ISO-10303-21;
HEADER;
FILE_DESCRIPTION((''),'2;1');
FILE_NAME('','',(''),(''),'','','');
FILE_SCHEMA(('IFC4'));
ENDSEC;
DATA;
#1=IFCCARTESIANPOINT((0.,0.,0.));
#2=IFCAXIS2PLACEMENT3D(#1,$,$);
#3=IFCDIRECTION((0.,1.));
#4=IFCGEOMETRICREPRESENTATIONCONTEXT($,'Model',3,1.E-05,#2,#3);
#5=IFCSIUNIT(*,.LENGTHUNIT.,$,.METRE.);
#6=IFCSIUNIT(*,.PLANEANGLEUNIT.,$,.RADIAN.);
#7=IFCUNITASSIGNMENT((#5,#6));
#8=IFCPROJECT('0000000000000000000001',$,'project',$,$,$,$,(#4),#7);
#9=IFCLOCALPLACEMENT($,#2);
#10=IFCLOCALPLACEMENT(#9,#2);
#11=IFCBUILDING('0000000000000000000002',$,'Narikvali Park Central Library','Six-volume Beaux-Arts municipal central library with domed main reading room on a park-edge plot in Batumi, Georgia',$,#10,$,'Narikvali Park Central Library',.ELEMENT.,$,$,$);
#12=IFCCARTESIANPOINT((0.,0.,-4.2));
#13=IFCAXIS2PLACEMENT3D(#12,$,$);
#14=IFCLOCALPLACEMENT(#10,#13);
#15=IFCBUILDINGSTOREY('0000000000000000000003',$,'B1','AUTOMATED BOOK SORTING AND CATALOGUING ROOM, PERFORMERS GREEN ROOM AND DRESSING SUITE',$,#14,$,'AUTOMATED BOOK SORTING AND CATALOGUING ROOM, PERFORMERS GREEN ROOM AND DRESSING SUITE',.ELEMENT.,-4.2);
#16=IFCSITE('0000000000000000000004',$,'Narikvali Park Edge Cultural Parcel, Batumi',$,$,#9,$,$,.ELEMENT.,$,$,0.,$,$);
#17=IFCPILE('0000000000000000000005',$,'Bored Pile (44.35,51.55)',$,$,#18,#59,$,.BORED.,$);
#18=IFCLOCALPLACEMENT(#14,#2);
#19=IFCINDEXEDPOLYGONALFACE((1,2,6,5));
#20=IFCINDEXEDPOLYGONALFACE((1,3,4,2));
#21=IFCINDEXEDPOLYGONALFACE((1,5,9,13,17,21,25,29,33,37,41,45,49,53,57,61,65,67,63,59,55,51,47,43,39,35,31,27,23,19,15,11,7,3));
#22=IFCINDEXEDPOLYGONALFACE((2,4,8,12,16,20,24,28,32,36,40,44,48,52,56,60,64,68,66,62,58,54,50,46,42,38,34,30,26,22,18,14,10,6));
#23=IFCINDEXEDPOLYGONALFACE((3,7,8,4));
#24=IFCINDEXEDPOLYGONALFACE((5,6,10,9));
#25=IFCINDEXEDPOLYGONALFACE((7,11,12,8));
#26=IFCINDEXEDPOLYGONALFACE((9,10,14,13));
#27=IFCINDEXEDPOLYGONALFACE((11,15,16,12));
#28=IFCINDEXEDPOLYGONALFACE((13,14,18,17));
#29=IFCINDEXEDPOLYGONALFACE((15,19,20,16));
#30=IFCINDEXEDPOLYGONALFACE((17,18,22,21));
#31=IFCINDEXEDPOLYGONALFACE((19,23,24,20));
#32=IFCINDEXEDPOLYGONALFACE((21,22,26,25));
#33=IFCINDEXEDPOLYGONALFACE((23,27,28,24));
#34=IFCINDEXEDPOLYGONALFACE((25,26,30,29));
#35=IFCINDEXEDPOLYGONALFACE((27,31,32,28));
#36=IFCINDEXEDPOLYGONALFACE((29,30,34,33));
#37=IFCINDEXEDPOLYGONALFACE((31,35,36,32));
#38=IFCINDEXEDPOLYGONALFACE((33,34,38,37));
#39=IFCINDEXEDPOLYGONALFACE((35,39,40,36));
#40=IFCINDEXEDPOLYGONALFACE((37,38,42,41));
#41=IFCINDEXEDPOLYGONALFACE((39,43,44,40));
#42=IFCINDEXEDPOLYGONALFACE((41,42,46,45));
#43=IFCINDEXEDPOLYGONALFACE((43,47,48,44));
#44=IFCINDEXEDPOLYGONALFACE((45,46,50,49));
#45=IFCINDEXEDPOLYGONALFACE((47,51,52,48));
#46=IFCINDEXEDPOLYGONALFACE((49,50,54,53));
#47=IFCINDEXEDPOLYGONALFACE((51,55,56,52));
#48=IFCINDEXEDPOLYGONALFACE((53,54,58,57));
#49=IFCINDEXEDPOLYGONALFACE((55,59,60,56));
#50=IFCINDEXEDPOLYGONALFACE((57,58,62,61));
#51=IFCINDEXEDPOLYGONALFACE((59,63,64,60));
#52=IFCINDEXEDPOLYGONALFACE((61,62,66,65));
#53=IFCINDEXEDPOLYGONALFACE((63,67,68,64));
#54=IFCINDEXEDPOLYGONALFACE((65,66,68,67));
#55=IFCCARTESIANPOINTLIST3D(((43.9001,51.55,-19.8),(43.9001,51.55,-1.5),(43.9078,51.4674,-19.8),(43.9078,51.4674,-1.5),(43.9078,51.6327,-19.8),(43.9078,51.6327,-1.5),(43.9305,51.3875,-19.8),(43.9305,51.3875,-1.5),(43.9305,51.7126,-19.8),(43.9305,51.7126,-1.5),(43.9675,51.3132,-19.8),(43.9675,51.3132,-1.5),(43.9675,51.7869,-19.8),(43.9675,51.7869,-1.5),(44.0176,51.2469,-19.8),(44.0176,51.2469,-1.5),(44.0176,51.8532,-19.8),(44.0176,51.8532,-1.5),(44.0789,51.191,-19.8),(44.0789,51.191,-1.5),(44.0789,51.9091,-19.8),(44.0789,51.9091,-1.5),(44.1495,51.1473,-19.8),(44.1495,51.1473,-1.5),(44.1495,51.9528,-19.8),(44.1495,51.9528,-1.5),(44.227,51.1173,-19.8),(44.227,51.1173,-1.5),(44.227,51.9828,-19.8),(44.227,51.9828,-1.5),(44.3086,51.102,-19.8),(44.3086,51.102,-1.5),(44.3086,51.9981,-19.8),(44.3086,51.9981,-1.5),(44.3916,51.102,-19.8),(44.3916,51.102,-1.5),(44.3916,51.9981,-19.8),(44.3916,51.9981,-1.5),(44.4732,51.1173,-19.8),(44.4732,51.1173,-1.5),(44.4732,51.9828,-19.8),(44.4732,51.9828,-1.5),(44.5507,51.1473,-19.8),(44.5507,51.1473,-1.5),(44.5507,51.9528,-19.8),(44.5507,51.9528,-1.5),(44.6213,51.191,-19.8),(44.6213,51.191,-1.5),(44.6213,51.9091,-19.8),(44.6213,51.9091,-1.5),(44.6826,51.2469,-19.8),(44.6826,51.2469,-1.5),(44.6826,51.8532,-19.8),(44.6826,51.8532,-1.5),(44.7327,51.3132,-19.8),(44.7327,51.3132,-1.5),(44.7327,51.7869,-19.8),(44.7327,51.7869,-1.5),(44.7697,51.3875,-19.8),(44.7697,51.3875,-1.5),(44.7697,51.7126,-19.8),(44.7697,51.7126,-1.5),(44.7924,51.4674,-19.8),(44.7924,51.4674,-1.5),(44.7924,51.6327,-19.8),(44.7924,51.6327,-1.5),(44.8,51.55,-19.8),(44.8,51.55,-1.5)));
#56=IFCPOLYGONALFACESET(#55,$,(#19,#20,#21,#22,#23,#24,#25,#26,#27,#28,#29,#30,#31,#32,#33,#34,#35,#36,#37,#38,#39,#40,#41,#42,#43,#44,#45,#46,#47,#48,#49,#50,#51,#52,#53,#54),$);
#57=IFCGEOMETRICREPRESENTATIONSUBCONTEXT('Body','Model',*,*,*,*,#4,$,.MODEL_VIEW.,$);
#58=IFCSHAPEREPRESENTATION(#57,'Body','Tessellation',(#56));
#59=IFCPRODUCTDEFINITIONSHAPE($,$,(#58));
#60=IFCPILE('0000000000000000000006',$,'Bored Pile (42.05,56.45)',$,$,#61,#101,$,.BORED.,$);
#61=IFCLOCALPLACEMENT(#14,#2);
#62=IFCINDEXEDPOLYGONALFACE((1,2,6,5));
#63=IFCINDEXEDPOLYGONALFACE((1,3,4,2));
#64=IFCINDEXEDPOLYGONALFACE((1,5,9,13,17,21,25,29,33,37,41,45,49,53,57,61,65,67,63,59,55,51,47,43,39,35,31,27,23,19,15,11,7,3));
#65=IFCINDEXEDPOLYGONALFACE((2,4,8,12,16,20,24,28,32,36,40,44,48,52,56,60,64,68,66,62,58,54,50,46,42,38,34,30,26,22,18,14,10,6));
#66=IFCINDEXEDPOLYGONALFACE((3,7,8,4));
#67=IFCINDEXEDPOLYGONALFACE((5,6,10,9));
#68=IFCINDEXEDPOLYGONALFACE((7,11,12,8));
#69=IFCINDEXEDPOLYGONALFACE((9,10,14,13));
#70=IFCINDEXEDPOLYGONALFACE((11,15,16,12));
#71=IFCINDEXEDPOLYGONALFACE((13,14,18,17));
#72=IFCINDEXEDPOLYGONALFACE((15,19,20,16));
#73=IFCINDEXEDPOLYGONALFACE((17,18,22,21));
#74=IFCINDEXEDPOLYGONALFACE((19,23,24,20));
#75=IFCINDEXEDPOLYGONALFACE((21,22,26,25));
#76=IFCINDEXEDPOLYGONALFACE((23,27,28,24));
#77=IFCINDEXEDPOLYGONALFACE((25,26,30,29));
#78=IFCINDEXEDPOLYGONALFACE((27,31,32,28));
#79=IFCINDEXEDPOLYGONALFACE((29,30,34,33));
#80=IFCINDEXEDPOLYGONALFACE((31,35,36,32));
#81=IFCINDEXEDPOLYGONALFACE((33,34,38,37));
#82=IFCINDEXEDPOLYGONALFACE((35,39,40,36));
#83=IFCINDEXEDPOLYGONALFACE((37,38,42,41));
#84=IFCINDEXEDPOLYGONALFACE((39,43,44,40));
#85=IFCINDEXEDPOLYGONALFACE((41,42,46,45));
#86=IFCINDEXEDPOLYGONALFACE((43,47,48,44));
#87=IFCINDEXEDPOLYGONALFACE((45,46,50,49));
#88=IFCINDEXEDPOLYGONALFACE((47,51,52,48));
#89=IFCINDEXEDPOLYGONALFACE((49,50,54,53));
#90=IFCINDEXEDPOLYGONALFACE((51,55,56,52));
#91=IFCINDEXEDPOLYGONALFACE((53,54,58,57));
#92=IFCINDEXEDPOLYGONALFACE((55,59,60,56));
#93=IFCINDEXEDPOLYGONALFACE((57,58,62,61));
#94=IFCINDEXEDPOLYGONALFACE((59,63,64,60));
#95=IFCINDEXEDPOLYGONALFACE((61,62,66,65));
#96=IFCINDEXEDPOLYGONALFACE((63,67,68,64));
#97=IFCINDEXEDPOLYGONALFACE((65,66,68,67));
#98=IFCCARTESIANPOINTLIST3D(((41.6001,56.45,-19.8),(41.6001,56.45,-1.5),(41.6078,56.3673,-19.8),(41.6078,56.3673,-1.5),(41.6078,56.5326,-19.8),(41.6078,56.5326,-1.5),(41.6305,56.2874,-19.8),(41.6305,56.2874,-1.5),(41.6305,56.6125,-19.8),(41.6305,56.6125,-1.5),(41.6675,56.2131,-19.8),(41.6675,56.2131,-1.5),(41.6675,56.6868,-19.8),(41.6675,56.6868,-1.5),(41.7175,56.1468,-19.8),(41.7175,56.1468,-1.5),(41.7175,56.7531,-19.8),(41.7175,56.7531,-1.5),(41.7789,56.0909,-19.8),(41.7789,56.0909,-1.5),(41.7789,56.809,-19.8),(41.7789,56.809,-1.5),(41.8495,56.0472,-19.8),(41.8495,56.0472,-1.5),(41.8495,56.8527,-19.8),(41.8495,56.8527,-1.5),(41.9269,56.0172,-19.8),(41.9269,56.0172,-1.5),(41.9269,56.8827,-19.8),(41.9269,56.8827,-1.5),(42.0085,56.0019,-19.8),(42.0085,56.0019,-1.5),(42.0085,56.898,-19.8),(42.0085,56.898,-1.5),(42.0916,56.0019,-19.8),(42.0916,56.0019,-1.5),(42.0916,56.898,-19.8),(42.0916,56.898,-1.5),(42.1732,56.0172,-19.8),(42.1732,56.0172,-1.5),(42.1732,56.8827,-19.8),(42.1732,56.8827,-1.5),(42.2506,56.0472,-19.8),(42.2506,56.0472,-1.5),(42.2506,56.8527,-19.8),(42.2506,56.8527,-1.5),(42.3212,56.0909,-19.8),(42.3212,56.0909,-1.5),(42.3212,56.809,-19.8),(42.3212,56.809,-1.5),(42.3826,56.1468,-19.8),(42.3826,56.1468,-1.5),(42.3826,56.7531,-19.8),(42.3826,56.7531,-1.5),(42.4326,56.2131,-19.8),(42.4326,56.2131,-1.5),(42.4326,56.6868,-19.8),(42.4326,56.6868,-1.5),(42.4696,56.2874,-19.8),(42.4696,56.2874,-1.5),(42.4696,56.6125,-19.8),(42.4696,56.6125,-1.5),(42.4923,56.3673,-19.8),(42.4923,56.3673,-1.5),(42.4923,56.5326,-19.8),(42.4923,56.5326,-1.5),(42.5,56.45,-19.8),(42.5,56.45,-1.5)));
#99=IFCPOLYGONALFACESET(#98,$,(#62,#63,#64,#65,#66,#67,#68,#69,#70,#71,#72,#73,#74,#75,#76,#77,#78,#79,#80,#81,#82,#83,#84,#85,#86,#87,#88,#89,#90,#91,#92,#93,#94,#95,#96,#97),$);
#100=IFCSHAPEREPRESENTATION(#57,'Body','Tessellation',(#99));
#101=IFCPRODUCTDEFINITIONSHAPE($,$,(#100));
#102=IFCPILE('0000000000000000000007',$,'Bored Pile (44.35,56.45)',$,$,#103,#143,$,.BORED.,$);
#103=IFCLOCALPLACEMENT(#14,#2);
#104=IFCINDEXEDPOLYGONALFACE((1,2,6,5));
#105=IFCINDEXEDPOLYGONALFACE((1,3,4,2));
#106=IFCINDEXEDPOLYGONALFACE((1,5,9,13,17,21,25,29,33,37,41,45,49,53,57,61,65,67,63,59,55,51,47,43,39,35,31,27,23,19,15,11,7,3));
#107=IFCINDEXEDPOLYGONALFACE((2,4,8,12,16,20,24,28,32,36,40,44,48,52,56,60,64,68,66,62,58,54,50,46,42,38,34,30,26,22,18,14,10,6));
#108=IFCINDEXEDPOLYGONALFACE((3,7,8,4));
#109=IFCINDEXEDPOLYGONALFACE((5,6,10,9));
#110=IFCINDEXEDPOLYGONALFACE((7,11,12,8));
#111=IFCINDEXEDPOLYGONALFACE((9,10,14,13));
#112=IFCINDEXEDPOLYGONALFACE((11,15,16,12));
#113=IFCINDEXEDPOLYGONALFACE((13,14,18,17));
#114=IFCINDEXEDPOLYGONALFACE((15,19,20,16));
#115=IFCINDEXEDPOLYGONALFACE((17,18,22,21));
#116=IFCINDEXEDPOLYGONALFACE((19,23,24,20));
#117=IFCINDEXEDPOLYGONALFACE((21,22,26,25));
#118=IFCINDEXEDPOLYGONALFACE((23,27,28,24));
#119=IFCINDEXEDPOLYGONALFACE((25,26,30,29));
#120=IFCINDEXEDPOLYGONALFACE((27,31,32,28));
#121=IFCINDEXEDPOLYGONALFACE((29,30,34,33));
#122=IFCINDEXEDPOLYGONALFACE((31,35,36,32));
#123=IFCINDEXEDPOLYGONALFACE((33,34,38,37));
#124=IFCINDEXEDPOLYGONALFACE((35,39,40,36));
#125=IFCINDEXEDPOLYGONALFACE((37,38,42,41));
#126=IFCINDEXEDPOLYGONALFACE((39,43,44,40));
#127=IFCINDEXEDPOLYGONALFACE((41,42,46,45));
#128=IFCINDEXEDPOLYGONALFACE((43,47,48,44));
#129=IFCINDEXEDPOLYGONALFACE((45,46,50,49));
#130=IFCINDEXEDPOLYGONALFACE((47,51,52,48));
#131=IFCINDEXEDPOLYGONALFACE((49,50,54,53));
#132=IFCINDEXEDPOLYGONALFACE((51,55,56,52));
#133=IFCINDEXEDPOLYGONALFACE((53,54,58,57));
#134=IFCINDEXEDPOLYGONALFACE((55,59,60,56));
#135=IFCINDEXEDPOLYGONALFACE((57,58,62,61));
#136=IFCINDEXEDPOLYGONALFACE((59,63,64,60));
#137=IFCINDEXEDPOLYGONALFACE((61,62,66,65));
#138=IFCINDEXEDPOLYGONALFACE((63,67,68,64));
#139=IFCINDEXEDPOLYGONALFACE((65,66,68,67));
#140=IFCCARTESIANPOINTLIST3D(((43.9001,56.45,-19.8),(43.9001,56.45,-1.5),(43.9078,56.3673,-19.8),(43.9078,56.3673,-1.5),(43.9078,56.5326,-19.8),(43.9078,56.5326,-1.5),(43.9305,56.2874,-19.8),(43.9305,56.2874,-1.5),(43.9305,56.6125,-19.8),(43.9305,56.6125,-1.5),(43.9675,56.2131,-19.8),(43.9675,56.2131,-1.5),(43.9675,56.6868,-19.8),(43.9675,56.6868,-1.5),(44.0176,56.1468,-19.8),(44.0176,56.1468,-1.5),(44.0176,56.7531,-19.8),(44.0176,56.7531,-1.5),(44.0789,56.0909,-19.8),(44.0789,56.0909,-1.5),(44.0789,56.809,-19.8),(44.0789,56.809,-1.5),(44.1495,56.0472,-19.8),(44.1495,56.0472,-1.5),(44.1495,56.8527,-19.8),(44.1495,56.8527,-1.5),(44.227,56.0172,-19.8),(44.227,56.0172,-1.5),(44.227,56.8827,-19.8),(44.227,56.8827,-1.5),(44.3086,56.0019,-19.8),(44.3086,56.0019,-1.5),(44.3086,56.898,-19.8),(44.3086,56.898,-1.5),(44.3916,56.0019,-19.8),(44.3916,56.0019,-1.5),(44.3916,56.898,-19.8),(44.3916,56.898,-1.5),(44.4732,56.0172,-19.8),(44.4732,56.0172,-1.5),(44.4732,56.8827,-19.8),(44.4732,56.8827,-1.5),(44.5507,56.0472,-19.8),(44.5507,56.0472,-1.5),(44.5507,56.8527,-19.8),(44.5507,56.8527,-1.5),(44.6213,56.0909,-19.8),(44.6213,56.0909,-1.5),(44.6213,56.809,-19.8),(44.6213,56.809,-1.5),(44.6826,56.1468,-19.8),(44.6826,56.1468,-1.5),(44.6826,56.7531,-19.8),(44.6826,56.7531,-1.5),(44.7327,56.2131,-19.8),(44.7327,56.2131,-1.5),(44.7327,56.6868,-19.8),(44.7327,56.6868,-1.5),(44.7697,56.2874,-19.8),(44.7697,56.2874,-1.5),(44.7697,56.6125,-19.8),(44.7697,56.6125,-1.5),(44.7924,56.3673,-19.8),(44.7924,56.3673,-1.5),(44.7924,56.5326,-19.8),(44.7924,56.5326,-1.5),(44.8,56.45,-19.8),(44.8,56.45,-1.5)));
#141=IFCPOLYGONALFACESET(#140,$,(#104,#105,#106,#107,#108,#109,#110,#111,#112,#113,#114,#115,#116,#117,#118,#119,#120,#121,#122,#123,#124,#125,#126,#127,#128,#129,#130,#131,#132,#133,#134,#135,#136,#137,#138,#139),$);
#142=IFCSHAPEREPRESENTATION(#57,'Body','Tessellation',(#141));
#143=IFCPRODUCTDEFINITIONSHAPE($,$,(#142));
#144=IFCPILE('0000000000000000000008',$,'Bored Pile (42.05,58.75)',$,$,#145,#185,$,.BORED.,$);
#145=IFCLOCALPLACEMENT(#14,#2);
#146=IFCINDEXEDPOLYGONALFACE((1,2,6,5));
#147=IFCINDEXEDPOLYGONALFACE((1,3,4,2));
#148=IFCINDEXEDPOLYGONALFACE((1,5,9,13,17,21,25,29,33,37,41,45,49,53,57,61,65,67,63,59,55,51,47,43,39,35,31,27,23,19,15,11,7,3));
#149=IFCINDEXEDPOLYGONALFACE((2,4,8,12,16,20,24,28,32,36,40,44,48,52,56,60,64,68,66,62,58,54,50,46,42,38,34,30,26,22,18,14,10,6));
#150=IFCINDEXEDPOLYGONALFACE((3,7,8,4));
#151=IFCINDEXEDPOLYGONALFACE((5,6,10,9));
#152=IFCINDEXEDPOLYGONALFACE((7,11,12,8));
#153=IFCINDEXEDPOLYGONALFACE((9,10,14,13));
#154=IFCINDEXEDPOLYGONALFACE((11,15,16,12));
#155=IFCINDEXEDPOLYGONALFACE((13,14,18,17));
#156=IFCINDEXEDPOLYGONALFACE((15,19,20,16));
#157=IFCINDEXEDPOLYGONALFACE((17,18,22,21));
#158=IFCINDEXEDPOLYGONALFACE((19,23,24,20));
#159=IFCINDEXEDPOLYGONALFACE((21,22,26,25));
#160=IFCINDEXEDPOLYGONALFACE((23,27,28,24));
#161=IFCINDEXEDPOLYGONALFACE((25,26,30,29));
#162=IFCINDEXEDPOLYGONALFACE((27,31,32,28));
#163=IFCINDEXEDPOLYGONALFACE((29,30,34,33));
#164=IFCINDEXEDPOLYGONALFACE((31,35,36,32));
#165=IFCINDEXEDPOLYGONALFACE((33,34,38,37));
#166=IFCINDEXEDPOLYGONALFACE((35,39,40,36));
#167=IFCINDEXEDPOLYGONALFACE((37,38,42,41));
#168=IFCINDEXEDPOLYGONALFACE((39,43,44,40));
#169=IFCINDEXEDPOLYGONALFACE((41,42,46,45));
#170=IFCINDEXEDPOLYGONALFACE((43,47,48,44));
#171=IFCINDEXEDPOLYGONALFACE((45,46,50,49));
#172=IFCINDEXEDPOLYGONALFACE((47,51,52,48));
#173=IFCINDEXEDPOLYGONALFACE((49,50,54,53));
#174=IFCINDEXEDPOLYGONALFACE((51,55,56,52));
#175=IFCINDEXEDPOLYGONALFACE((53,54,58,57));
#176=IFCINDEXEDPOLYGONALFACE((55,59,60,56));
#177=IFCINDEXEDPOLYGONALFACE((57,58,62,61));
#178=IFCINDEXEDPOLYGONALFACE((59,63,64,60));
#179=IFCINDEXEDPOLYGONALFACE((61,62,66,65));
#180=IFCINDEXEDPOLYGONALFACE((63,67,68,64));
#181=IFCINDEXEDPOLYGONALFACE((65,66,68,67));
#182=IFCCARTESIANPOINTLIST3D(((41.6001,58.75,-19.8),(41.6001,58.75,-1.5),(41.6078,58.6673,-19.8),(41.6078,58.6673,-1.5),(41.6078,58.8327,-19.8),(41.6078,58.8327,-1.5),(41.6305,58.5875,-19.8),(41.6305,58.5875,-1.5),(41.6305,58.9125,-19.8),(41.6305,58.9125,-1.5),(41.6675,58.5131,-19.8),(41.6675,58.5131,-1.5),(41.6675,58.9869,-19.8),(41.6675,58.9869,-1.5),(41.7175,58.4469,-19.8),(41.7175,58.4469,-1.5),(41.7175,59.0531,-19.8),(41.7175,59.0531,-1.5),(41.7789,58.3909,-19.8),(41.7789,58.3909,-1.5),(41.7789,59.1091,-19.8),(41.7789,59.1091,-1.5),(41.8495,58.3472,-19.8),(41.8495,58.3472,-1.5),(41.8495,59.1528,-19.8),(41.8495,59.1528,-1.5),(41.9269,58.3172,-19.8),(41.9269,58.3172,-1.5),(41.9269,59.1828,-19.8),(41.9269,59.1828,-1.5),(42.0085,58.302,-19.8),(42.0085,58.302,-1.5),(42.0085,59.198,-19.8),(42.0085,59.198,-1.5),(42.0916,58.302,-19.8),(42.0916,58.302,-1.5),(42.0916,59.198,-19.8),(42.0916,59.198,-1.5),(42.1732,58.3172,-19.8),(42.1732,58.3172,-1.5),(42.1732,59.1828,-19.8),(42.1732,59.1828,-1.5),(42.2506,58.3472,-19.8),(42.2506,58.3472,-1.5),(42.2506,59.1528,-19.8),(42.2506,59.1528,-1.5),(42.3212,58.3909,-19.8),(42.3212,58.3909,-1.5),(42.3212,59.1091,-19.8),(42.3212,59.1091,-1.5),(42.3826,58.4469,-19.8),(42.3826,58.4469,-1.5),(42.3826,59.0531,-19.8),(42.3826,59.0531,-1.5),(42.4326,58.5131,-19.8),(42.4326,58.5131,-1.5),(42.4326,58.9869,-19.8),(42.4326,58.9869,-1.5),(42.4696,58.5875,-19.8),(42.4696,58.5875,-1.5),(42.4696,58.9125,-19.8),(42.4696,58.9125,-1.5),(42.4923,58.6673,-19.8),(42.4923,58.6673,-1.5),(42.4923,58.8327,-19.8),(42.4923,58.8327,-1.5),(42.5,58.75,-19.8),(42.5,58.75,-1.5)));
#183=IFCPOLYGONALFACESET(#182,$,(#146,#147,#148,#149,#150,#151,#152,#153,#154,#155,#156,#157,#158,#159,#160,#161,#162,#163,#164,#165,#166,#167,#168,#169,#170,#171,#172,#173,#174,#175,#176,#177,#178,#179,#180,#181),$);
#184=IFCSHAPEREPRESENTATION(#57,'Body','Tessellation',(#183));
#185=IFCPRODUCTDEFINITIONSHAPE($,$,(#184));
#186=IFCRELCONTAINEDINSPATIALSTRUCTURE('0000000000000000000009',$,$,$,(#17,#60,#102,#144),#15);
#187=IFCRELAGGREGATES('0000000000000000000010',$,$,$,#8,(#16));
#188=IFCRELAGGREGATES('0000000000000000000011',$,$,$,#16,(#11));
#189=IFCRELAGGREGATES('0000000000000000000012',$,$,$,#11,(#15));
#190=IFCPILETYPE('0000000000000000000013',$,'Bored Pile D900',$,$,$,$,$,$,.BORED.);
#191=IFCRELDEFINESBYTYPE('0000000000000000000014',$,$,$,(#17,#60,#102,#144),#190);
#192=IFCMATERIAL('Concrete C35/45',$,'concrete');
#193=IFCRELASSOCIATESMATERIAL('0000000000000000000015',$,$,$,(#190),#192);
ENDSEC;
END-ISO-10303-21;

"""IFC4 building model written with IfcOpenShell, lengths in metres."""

from ifc_helpers import new_model, si_unit, direction, frame, origin, origin_2d, place, context, subcontext, project, spatial, circle, extrude, material, material_profile, profile_set, type_object, element, save


model = new_model("IFC4")

# Units and contexts
model_context = context("Model", 3, precision=1e-05, world=origin(), true_north=direction((0.0, 1.0)))
body_context = subcontext(model_context, "Body", "Model", "MODEL_VIEW")
ifc_project = project(units=[si_unit("LENGTHUNIT", "METRE"), si_unit("PLANEANGLEUNIT", "RADIAN")], contexts=[model_context])

# Site, building, storey
site_placement = place(None, origin())
site = spatial("IfcSite", under=ifc_project, at=site_placement, Name="Narikvali Park Edge Cultural Parcel, Batumi", CompositionType="ELEMENT", RefElevation=0.0)
building_placement = place(site_placement, origin())
building = spatial("IfcBuilding", under=site, at=building_placement, Name="Narikvali Park Central Library", Description="Six-volume Beaux-Arts municipal central library with domed main reading room on a park-edge plot in Batumi, Georgia", LongName="Narikvali Park Central Library", CompositionType="ELEMENT")
storey_placement = place(building_placement, frame((0.0, 0.0, -4.2)))
storey = spatial("IfcBuildingStorey", under=building, at=storey_placement, Name="B1", Description="AUTOMATED BOOK SORTING AND CATALOGUING ROOM, PERFORMERS GREEN ROOM AND DRESSING SUITE", LongName="AUTOMATED BOOK SORTING AND CATALOGUING ROOM, PERFORMERS GREEN ROOM AND DRESSING SUITE", CompositionType="ELEMENT", Elevation=-4.2)

# Piles
ifc_material_1 = material(Name="Concrete C35/45", Category="concrete")
ifc_material_profile_1 = material_profile(ifc_material_1, circle(Radius=0.45, at=origin_2d()), Name="PILE D900")
ifc_profile_set_1 = profile_set([ifc_material_profile_1], Name="Concrete C35/45")
pile_type = type_object("IfcPileType", Name="Bored Pile D900", PredefinedType="BORED", material=ifc_profile_set_1)
for number, where, z_axis, x_axis, name in (
    (1, (44.3501, 51.55, -1.5), (0.0, 0.0, -1.0), (1.0, 0.0, 0.0), "Bored Pile (44.35,51.55)"),
    (2, (42.05, 56.45, -1.5), (0.0, 0.0, -1.0), (1.0, 0.0, 0.0), "Bored Pile (42.05,56.45)"),
    (3, (44.3501, 56.45, -1.5), (0.0, 0.0, -1.0), (1.0, 0.0, 0.0), "Bored Pile (44.35,56.45)"),
    (4, (42.05, 58.75, -1.5), (0.0, 0.0, -1.0), (1.0, 0.0, 0.0), "Bored Pile (42.05,58.75)"),
):
    element("IfcPile", number, at=place(storey_placement, frame(where, z_axis=z_axis, x_axis=x_axis)), inside=storey, type_object=pile_type, Name=name, PredefinedType="BORED", context=body_context, shape_type="SweptSolid", body=[
        extrude(circle(Radius=0.45, at=origin_2d()), origin(), (0.0, 0.0, 1.0), 18.3),
    ])

save(model, "model.ifc")
